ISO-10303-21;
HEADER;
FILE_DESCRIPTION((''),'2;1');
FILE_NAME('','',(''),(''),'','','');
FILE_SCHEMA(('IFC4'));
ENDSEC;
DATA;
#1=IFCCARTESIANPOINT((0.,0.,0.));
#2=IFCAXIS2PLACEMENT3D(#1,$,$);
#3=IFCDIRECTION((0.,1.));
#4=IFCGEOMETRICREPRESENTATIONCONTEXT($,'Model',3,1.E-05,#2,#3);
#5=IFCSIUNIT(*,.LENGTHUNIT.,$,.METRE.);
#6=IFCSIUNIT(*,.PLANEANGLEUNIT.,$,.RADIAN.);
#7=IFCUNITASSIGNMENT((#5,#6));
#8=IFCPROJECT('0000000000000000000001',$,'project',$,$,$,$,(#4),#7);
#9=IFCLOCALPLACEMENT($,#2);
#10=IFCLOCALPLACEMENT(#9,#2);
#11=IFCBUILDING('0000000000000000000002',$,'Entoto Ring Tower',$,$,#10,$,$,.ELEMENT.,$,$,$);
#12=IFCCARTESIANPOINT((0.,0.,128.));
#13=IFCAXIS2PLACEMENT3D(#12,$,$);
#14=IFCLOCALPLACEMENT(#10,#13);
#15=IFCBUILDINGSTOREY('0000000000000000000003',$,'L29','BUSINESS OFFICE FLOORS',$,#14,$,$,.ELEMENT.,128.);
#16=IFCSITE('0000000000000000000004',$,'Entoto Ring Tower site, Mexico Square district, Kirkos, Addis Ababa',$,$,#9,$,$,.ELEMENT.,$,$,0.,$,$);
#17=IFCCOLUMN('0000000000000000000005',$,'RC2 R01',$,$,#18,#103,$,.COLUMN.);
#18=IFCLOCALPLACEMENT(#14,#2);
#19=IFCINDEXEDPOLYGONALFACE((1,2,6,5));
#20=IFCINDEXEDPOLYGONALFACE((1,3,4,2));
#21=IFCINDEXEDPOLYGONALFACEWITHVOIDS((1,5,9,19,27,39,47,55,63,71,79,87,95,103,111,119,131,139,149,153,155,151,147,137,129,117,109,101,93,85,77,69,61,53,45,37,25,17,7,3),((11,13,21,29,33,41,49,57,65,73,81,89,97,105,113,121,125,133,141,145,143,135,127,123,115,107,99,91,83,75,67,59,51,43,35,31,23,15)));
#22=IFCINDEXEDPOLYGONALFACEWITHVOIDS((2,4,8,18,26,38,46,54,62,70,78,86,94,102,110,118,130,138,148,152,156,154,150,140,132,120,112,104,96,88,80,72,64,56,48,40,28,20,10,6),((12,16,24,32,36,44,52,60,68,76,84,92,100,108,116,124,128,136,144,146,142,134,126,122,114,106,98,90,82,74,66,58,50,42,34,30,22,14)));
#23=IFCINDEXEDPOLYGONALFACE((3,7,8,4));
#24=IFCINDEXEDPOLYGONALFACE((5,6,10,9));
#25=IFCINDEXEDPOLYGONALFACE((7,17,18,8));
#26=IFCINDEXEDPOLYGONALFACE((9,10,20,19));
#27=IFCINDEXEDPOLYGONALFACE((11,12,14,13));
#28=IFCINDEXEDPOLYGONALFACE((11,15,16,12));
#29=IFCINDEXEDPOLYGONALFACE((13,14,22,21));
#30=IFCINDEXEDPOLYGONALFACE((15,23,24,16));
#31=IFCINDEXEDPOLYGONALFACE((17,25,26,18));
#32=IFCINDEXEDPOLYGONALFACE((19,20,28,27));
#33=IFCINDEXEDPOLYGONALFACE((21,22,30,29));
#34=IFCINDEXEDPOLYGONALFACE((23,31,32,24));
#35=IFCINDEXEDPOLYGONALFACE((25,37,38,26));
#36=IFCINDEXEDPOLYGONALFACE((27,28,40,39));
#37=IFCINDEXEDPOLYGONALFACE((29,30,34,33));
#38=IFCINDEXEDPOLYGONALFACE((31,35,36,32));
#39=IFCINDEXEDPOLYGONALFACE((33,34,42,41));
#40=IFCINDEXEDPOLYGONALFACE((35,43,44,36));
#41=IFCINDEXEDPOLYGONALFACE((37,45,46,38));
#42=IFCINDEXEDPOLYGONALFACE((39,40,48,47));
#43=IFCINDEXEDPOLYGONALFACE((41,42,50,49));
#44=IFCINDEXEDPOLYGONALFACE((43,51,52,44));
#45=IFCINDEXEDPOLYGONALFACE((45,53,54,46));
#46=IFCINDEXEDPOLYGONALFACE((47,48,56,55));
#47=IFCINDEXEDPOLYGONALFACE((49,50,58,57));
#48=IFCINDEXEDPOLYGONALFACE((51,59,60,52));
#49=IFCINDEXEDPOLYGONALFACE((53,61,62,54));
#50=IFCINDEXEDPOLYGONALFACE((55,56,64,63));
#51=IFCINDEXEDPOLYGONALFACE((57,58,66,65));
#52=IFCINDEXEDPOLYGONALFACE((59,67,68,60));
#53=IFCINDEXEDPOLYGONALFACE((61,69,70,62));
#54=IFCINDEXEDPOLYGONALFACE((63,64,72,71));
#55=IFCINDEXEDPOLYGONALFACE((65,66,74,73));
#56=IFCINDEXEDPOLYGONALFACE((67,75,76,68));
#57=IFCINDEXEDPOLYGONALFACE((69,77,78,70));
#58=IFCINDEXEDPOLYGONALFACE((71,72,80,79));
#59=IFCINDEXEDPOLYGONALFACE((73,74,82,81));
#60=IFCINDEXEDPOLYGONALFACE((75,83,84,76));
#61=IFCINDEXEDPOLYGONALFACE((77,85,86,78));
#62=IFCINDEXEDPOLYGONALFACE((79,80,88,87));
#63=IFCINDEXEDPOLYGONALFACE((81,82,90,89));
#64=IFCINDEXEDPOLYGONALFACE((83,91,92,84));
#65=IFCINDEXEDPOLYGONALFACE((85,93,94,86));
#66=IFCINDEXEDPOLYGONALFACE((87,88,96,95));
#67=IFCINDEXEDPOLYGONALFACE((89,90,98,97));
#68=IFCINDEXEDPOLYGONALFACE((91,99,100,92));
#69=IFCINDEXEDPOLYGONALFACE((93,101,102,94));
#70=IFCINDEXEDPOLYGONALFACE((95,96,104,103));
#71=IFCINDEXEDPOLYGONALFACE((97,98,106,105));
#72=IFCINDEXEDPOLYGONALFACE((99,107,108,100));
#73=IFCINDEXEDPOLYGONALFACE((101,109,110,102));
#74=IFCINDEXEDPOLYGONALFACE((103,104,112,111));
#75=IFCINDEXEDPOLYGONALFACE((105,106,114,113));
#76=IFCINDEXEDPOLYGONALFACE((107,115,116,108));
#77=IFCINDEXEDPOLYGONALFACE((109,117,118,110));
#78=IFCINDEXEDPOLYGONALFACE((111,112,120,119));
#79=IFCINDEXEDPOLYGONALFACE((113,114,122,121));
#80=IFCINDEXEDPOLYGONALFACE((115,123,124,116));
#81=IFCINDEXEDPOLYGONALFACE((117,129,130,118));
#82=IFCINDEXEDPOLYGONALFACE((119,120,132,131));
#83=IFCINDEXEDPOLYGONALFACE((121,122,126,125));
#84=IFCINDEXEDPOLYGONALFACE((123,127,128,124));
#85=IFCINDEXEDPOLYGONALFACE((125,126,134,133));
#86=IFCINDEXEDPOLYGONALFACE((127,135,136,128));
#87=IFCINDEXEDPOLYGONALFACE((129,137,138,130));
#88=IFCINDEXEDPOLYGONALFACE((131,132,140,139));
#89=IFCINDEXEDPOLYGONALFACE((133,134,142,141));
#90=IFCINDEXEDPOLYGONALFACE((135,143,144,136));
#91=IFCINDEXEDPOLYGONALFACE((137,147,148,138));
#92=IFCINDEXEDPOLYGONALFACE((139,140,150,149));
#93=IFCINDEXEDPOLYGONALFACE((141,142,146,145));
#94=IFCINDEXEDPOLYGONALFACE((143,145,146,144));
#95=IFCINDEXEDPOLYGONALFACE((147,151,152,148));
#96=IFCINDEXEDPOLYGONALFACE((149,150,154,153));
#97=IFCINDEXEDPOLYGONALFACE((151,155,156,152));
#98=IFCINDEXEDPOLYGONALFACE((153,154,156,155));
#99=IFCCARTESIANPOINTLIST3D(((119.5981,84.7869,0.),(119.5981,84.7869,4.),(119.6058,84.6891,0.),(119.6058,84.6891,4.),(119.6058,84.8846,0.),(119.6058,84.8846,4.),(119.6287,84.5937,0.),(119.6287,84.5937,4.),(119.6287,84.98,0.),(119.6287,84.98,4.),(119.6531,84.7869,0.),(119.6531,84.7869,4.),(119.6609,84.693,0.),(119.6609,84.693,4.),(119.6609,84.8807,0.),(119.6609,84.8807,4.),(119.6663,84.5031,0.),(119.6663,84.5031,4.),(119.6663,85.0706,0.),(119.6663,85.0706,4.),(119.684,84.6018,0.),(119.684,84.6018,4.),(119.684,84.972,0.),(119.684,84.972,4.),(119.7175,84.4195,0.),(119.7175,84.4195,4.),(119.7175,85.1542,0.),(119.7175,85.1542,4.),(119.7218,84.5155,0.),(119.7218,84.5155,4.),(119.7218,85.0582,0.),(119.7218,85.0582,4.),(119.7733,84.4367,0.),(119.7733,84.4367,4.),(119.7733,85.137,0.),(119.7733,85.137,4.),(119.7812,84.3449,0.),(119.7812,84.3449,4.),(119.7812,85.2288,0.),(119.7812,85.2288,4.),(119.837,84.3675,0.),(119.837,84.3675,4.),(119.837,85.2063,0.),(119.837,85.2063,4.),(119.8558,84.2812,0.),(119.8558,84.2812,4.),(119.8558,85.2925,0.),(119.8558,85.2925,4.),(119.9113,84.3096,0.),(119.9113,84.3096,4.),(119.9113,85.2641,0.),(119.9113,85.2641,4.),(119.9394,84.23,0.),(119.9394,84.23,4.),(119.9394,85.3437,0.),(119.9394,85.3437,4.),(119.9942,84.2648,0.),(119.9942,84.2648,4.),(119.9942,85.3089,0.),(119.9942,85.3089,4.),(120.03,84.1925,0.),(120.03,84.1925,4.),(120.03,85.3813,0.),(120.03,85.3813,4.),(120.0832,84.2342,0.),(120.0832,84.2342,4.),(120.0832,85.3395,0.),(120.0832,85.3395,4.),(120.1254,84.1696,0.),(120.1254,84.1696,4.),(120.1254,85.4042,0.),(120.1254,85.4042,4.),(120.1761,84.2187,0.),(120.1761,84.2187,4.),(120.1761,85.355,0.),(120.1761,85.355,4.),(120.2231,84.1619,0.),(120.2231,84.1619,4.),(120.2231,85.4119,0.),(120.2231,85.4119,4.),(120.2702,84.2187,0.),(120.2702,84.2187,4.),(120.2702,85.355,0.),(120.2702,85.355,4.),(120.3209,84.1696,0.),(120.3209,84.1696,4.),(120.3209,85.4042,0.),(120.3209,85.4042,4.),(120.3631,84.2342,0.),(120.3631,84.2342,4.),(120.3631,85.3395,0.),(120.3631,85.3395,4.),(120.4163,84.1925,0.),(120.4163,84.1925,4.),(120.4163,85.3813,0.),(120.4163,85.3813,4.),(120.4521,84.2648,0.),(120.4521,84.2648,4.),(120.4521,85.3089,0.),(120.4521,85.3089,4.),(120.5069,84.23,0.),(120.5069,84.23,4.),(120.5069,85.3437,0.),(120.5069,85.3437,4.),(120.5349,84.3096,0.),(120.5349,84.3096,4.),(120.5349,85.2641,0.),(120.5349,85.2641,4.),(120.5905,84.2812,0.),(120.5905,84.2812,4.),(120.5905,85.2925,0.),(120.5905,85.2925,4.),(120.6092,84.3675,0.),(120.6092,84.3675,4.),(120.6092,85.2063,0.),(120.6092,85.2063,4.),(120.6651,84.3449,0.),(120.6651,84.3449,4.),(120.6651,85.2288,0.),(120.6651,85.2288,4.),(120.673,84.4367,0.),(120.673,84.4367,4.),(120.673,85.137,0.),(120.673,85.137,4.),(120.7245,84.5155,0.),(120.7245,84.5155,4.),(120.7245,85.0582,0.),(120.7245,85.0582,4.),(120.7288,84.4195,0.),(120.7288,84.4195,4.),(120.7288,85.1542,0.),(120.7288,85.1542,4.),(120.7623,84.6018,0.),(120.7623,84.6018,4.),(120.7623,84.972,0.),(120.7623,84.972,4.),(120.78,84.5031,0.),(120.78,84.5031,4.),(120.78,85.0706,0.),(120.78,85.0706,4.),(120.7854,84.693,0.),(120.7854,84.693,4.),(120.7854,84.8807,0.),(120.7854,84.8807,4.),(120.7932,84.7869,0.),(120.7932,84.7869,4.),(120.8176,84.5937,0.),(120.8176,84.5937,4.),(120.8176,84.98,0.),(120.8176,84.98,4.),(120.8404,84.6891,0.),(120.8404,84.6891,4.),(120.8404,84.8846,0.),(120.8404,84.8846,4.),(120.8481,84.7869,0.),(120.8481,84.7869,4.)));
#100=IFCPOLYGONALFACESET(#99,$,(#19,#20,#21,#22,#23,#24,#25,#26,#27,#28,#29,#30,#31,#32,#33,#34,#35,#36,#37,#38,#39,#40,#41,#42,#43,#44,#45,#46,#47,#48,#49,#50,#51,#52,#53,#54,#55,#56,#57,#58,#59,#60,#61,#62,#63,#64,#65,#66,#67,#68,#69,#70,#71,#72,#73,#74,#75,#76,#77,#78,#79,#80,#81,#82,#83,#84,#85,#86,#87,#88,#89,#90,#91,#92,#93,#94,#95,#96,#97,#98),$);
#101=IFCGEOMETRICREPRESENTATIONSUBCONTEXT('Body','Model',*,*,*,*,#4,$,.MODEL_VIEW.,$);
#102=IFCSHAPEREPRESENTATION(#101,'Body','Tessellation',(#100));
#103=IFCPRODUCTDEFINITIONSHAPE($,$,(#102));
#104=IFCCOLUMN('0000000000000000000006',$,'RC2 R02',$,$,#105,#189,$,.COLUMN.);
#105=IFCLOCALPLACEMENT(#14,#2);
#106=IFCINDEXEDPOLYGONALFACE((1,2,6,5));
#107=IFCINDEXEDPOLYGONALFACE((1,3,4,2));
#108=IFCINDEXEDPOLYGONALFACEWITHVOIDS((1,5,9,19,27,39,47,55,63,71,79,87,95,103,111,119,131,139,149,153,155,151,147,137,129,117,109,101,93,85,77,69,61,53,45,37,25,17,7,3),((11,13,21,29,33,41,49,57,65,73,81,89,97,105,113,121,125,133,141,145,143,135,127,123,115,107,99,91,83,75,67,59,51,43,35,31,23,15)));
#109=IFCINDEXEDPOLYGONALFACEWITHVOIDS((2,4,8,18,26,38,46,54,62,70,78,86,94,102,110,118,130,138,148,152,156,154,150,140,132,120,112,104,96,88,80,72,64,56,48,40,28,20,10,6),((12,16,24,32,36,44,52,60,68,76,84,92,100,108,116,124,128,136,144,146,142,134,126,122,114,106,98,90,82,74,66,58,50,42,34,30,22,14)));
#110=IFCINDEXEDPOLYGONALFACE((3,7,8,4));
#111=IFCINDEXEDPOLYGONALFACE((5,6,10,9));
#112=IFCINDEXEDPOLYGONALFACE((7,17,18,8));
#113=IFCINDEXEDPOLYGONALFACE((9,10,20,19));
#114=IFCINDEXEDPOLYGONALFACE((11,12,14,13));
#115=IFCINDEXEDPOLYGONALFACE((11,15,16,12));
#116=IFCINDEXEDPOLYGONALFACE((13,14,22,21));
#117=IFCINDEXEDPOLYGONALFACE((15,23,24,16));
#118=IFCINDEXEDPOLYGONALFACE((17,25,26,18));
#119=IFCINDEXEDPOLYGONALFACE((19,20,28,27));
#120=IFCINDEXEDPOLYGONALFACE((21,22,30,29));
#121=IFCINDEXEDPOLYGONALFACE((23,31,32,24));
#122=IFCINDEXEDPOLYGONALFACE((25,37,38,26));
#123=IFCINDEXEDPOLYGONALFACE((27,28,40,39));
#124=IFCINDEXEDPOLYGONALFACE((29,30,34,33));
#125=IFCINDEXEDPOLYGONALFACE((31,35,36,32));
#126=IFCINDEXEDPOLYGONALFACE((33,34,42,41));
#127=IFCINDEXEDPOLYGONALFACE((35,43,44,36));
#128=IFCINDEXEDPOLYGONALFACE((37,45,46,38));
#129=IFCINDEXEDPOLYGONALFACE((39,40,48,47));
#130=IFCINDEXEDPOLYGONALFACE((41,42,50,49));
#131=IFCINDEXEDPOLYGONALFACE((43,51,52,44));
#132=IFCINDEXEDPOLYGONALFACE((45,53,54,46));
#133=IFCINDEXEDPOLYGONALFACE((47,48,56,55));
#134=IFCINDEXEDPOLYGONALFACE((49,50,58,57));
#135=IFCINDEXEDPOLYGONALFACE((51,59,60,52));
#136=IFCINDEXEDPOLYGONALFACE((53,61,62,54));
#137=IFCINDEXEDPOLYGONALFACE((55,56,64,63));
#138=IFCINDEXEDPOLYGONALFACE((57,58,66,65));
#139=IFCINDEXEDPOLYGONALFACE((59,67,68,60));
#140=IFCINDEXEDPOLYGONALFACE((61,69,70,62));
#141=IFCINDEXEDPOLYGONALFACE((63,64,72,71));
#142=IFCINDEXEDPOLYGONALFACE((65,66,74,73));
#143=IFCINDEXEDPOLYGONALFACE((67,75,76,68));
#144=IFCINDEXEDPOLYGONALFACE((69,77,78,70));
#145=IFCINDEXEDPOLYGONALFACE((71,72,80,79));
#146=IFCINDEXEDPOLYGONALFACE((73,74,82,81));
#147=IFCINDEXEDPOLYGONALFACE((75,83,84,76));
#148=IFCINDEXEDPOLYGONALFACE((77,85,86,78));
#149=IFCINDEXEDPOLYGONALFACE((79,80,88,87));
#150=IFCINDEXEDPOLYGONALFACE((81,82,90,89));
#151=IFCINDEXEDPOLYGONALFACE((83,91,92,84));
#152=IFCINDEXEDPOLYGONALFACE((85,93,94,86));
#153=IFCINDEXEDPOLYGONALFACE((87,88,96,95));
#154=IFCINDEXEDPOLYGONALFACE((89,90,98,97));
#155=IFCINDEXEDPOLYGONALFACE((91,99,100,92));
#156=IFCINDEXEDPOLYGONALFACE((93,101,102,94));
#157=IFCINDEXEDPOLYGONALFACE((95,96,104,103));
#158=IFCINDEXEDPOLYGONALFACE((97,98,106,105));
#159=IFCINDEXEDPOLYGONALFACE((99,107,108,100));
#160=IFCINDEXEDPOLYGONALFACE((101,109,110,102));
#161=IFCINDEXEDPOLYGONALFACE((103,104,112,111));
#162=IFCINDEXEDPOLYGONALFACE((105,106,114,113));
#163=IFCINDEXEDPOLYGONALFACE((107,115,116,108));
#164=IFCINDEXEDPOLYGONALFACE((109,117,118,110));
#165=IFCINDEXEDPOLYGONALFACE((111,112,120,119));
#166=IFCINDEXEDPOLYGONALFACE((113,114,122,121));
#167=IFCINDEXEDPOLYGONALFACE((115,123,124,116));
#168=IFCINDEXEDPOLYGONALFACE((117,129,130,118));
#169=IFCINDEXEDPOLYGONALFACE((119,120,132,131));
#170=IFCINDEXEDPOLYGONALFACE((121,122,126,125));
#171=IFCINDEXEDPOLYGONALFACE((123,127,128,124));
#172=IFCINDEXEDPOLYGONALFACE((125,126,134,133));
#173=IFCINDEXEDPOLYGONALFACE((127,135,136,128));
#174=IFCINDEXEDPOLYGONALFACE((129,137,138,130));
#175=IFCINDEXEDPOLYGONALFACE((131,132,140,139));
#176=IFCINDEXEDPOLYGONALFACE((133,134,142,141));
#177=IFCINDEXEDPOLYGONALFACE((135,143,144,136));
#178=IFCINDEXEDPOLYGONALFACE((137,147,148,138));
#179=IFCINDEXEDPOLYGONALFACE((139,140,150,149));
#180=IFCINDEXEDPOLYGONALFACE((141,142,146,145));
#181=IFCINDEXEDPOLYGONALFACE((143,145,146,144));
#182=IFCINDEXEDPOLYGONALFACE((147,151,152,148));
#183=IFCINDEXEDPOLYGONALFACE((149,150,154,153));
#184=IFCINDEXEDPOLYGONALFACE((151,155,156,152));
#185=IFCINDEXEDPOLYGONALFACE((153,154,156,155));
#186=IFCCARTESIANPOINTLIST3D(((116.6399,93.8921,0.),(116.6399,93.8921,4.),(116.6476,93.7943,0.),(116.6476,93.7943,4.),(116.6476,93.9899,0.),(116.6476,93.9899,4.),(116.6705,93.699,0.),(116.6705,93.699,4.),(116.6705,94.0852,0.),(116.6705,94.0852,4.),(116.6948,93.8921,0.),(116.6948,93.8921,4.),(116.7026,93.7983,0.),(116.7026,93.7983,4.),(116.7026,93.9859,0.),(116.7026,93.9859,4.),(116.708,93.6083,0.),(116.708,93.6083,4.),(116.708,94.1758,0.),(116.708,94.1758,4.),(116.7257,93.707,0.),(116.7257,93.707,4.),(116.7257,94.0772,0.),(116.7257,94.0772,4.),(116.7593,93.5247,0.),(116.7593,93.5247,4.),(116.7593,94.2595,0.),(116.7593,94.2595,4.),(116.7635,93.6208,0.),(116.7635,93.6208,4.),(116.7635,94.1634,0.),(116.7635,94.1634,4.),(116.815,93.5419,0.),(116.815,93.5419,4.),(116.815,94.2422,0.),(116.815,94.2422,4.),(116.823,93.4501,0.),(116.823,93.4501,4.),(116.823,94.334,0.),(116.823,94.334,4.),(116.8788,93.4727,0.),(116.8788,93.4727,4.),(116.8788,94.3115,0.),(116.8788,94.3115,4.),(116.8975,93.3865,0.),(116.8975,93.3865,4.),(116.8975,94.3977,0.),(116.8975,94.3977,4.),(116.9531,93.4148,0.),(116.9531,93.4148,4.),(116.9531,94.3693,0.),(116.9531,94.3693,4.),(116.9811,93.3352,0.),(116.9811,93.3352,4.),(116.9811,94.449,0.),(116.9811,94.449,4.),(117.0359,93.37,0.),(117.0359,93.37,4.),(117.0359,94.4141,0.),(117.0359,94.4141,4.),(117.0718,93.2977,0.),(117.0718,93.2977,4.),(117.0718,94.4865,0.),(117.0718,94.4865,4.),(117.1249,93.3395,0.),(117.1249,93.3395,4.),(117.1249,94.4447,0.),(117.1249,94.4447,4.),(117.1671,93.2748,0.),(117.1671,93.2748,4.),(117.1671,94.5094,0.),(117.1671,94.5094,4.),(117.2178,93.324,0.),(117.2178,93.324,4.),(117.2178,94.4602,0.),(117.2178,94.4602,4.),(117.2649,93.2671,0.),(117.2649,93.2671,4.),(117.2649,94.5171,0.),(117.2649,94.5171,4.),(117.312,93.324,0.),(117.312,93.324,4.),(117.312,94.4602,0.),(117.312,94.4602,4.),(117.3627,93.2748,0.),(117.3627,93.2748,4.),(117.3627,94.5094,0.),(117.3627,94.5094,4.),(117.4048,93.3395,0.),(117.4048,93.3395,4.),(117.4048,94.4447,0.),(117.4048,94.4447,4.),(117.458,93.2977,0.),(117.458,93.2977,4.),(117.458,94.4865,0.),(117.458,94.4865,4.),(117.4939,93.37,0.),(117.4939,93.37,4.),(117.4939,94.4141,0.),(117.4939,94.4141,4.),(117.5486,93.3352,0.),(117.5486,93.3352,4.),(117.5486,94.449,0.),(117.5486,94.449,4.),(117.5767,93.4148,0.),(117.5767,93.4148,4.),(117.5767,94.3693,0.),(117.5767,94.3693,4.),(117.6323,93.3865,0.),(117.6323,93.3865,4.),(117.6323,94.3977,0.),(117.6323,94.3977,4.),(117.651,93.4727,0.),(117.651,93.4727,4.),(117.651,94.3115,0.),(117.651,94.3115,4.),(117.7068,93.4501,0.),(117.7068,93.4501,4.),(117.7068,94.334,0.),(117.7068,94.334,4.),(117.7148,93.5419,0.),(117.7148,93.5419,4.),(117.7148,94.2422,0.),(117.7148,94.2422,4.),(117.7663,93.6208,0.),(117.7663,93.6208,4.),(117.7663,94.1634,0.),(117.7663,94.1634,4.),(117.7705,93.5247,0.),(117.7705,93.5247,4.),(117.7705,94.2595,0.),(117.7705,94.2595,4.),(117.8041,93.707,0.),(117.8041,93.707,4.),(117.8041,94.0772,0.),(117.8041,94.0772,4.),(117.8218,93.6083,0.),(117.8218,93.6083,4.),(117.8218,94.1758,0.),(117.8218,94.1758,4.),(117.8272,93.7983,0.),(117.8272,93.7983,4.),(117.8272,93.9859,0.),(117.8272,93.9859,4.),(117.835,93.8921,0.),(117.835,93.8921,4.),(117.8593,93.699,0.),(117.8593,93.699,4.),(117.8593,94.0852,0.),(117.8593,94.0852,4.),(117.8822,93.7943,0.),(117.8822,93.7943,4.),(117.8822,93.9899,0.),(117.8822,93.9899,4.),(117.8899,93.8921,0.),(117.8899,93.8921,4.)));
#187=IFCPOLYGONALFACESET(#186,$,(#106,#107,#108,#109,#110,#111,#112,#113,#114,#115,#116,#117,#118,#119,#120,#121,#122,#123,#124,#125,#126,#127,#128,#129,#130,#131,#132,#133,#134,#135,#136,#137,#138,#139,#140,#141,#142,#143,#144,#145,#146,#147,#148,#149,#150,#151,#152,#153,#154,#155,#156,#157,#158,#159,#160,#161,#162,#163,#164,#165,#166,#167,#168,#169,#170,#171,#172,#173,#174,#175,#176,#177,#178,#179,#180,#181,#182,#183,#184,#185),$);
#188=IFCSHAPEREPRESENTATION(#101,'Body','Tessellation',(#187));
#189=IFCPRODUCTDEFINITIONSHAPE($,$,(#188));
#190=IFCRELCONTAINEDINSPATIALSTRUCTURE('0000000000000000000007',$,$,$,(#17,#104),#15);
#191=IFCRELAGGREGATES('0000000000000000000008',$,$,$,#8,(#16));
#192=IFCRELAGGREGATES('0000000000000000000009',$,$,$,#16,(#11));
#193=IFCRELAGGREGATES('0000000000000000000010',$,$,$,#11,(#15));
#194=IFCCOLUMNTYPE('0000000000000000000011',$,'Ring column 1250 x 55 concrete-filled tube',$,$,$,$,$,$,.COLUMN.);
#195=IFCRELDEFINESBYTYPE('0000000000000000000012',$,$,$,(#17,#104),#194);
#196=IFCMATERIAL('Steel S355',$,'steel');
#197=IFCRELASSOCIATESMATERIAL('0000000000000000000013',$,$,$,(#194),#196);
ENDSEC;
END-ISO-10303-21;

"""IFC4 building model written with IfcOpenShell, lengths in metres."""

from ifc_helpers import new_model, si_unit, direction, frame, origin, origin_2d, place, context, subcontext, project, spatial, circle, hollow_circle, extrude, material, material_profile, profile_set, type_object, element, save


model = new_model("IFC4")

# Units and contexts
model_context = context("Model", 3, precision=1e-05, world=origin(), true_north=direction((0.0, 1.0)))
body_context = subcontext(model_context, "Body", "Model", "MODEL_VIEW")
ifc_project = project(units=[si_unit("LENGTHUNIT", "METRE"), si_unit("PLANEANGLEUNIT", "RADIAN")], contexts=[model_context])

# Site, building, storey
site_placement = place(None, origin())
site = spatial("IfcSite", under=ifc_project, at=site_placement, Name="Entoto Ring Tower site, Mexico Square district, Kirkos, Addis Ababa", CompositionType="ELEMENT", RefElevation=0.0)
building_placement = place(site_placement, origin())
building = spatial("IfcBuilding", under=site, at=building_placement, Name="Entoto Ring Tower", CompositionType="ELEMENT")
storey_placement = place(building_placement, frame((0.0, 0.0, 128.0)))
storey = spatial("IfcBuildingStorey", under=building, at=storey_placement, Name="L29", Description="BUSINESS OFFICE FLOORS", CompositionType="ELEMENT", Elevation=128.0)

# Columns
ifc_material_1 = material(Name="Steel S355", Category="steel")
ifc_material_profile_1 = material_profile(ifc_material_1, hollow_circle(Radius=0.625, WallThickness=0.0549, at=origin_2d()), Name="CHS 1250 x 55")
ifc_material_2 = material(Name="Concrete C60/75", Category="concrete")
ifc_material_profile_2 = material_profile(ifc_material_2, circle(Radius=0.5701, at=origin_2d()), Name="Concrete C60/75 infill")
ifc_profile_set_1 = profile_set([ifc_material_profile_1, ifc_material_profile_2], Name="Steel S355")
column_type = type_object("IfcColumnType", Name="Ring column 1250 x 55 concrete-filled tube", PredefinedType="COLUMN", material=ifc_profile_set_1)
for number, where, z_axis, x_axis, name in (
    (1, (120.2231, 84.7869, 0.0), (0.0, 0.0, 1.0), (1.0, 0.0, 0.0), "RC2 R01"),
    (2, (117.2649, 93.8921, 0.0), (0.0, 0.0, 1.0), (1.0, 0.0, 0.0), "RC2 R02"),
):
    element("IfcColumn", number, at=place(storey_placement, frame(where, z_axis=z_axis, x_axis=x_axis)), inside=storey, type_object=column_type, Name=name, PredefinedType="COLUMN", context=body_context, shape_type="SweptSolid", body=[
        extrude(hollow_circle(Radius=0.625, WallThickness=0.0549, at=origin_2d()), origin(), (0.0, 0.0, 1.0), 4.0),
    ])

save(model, "model.ifc")
